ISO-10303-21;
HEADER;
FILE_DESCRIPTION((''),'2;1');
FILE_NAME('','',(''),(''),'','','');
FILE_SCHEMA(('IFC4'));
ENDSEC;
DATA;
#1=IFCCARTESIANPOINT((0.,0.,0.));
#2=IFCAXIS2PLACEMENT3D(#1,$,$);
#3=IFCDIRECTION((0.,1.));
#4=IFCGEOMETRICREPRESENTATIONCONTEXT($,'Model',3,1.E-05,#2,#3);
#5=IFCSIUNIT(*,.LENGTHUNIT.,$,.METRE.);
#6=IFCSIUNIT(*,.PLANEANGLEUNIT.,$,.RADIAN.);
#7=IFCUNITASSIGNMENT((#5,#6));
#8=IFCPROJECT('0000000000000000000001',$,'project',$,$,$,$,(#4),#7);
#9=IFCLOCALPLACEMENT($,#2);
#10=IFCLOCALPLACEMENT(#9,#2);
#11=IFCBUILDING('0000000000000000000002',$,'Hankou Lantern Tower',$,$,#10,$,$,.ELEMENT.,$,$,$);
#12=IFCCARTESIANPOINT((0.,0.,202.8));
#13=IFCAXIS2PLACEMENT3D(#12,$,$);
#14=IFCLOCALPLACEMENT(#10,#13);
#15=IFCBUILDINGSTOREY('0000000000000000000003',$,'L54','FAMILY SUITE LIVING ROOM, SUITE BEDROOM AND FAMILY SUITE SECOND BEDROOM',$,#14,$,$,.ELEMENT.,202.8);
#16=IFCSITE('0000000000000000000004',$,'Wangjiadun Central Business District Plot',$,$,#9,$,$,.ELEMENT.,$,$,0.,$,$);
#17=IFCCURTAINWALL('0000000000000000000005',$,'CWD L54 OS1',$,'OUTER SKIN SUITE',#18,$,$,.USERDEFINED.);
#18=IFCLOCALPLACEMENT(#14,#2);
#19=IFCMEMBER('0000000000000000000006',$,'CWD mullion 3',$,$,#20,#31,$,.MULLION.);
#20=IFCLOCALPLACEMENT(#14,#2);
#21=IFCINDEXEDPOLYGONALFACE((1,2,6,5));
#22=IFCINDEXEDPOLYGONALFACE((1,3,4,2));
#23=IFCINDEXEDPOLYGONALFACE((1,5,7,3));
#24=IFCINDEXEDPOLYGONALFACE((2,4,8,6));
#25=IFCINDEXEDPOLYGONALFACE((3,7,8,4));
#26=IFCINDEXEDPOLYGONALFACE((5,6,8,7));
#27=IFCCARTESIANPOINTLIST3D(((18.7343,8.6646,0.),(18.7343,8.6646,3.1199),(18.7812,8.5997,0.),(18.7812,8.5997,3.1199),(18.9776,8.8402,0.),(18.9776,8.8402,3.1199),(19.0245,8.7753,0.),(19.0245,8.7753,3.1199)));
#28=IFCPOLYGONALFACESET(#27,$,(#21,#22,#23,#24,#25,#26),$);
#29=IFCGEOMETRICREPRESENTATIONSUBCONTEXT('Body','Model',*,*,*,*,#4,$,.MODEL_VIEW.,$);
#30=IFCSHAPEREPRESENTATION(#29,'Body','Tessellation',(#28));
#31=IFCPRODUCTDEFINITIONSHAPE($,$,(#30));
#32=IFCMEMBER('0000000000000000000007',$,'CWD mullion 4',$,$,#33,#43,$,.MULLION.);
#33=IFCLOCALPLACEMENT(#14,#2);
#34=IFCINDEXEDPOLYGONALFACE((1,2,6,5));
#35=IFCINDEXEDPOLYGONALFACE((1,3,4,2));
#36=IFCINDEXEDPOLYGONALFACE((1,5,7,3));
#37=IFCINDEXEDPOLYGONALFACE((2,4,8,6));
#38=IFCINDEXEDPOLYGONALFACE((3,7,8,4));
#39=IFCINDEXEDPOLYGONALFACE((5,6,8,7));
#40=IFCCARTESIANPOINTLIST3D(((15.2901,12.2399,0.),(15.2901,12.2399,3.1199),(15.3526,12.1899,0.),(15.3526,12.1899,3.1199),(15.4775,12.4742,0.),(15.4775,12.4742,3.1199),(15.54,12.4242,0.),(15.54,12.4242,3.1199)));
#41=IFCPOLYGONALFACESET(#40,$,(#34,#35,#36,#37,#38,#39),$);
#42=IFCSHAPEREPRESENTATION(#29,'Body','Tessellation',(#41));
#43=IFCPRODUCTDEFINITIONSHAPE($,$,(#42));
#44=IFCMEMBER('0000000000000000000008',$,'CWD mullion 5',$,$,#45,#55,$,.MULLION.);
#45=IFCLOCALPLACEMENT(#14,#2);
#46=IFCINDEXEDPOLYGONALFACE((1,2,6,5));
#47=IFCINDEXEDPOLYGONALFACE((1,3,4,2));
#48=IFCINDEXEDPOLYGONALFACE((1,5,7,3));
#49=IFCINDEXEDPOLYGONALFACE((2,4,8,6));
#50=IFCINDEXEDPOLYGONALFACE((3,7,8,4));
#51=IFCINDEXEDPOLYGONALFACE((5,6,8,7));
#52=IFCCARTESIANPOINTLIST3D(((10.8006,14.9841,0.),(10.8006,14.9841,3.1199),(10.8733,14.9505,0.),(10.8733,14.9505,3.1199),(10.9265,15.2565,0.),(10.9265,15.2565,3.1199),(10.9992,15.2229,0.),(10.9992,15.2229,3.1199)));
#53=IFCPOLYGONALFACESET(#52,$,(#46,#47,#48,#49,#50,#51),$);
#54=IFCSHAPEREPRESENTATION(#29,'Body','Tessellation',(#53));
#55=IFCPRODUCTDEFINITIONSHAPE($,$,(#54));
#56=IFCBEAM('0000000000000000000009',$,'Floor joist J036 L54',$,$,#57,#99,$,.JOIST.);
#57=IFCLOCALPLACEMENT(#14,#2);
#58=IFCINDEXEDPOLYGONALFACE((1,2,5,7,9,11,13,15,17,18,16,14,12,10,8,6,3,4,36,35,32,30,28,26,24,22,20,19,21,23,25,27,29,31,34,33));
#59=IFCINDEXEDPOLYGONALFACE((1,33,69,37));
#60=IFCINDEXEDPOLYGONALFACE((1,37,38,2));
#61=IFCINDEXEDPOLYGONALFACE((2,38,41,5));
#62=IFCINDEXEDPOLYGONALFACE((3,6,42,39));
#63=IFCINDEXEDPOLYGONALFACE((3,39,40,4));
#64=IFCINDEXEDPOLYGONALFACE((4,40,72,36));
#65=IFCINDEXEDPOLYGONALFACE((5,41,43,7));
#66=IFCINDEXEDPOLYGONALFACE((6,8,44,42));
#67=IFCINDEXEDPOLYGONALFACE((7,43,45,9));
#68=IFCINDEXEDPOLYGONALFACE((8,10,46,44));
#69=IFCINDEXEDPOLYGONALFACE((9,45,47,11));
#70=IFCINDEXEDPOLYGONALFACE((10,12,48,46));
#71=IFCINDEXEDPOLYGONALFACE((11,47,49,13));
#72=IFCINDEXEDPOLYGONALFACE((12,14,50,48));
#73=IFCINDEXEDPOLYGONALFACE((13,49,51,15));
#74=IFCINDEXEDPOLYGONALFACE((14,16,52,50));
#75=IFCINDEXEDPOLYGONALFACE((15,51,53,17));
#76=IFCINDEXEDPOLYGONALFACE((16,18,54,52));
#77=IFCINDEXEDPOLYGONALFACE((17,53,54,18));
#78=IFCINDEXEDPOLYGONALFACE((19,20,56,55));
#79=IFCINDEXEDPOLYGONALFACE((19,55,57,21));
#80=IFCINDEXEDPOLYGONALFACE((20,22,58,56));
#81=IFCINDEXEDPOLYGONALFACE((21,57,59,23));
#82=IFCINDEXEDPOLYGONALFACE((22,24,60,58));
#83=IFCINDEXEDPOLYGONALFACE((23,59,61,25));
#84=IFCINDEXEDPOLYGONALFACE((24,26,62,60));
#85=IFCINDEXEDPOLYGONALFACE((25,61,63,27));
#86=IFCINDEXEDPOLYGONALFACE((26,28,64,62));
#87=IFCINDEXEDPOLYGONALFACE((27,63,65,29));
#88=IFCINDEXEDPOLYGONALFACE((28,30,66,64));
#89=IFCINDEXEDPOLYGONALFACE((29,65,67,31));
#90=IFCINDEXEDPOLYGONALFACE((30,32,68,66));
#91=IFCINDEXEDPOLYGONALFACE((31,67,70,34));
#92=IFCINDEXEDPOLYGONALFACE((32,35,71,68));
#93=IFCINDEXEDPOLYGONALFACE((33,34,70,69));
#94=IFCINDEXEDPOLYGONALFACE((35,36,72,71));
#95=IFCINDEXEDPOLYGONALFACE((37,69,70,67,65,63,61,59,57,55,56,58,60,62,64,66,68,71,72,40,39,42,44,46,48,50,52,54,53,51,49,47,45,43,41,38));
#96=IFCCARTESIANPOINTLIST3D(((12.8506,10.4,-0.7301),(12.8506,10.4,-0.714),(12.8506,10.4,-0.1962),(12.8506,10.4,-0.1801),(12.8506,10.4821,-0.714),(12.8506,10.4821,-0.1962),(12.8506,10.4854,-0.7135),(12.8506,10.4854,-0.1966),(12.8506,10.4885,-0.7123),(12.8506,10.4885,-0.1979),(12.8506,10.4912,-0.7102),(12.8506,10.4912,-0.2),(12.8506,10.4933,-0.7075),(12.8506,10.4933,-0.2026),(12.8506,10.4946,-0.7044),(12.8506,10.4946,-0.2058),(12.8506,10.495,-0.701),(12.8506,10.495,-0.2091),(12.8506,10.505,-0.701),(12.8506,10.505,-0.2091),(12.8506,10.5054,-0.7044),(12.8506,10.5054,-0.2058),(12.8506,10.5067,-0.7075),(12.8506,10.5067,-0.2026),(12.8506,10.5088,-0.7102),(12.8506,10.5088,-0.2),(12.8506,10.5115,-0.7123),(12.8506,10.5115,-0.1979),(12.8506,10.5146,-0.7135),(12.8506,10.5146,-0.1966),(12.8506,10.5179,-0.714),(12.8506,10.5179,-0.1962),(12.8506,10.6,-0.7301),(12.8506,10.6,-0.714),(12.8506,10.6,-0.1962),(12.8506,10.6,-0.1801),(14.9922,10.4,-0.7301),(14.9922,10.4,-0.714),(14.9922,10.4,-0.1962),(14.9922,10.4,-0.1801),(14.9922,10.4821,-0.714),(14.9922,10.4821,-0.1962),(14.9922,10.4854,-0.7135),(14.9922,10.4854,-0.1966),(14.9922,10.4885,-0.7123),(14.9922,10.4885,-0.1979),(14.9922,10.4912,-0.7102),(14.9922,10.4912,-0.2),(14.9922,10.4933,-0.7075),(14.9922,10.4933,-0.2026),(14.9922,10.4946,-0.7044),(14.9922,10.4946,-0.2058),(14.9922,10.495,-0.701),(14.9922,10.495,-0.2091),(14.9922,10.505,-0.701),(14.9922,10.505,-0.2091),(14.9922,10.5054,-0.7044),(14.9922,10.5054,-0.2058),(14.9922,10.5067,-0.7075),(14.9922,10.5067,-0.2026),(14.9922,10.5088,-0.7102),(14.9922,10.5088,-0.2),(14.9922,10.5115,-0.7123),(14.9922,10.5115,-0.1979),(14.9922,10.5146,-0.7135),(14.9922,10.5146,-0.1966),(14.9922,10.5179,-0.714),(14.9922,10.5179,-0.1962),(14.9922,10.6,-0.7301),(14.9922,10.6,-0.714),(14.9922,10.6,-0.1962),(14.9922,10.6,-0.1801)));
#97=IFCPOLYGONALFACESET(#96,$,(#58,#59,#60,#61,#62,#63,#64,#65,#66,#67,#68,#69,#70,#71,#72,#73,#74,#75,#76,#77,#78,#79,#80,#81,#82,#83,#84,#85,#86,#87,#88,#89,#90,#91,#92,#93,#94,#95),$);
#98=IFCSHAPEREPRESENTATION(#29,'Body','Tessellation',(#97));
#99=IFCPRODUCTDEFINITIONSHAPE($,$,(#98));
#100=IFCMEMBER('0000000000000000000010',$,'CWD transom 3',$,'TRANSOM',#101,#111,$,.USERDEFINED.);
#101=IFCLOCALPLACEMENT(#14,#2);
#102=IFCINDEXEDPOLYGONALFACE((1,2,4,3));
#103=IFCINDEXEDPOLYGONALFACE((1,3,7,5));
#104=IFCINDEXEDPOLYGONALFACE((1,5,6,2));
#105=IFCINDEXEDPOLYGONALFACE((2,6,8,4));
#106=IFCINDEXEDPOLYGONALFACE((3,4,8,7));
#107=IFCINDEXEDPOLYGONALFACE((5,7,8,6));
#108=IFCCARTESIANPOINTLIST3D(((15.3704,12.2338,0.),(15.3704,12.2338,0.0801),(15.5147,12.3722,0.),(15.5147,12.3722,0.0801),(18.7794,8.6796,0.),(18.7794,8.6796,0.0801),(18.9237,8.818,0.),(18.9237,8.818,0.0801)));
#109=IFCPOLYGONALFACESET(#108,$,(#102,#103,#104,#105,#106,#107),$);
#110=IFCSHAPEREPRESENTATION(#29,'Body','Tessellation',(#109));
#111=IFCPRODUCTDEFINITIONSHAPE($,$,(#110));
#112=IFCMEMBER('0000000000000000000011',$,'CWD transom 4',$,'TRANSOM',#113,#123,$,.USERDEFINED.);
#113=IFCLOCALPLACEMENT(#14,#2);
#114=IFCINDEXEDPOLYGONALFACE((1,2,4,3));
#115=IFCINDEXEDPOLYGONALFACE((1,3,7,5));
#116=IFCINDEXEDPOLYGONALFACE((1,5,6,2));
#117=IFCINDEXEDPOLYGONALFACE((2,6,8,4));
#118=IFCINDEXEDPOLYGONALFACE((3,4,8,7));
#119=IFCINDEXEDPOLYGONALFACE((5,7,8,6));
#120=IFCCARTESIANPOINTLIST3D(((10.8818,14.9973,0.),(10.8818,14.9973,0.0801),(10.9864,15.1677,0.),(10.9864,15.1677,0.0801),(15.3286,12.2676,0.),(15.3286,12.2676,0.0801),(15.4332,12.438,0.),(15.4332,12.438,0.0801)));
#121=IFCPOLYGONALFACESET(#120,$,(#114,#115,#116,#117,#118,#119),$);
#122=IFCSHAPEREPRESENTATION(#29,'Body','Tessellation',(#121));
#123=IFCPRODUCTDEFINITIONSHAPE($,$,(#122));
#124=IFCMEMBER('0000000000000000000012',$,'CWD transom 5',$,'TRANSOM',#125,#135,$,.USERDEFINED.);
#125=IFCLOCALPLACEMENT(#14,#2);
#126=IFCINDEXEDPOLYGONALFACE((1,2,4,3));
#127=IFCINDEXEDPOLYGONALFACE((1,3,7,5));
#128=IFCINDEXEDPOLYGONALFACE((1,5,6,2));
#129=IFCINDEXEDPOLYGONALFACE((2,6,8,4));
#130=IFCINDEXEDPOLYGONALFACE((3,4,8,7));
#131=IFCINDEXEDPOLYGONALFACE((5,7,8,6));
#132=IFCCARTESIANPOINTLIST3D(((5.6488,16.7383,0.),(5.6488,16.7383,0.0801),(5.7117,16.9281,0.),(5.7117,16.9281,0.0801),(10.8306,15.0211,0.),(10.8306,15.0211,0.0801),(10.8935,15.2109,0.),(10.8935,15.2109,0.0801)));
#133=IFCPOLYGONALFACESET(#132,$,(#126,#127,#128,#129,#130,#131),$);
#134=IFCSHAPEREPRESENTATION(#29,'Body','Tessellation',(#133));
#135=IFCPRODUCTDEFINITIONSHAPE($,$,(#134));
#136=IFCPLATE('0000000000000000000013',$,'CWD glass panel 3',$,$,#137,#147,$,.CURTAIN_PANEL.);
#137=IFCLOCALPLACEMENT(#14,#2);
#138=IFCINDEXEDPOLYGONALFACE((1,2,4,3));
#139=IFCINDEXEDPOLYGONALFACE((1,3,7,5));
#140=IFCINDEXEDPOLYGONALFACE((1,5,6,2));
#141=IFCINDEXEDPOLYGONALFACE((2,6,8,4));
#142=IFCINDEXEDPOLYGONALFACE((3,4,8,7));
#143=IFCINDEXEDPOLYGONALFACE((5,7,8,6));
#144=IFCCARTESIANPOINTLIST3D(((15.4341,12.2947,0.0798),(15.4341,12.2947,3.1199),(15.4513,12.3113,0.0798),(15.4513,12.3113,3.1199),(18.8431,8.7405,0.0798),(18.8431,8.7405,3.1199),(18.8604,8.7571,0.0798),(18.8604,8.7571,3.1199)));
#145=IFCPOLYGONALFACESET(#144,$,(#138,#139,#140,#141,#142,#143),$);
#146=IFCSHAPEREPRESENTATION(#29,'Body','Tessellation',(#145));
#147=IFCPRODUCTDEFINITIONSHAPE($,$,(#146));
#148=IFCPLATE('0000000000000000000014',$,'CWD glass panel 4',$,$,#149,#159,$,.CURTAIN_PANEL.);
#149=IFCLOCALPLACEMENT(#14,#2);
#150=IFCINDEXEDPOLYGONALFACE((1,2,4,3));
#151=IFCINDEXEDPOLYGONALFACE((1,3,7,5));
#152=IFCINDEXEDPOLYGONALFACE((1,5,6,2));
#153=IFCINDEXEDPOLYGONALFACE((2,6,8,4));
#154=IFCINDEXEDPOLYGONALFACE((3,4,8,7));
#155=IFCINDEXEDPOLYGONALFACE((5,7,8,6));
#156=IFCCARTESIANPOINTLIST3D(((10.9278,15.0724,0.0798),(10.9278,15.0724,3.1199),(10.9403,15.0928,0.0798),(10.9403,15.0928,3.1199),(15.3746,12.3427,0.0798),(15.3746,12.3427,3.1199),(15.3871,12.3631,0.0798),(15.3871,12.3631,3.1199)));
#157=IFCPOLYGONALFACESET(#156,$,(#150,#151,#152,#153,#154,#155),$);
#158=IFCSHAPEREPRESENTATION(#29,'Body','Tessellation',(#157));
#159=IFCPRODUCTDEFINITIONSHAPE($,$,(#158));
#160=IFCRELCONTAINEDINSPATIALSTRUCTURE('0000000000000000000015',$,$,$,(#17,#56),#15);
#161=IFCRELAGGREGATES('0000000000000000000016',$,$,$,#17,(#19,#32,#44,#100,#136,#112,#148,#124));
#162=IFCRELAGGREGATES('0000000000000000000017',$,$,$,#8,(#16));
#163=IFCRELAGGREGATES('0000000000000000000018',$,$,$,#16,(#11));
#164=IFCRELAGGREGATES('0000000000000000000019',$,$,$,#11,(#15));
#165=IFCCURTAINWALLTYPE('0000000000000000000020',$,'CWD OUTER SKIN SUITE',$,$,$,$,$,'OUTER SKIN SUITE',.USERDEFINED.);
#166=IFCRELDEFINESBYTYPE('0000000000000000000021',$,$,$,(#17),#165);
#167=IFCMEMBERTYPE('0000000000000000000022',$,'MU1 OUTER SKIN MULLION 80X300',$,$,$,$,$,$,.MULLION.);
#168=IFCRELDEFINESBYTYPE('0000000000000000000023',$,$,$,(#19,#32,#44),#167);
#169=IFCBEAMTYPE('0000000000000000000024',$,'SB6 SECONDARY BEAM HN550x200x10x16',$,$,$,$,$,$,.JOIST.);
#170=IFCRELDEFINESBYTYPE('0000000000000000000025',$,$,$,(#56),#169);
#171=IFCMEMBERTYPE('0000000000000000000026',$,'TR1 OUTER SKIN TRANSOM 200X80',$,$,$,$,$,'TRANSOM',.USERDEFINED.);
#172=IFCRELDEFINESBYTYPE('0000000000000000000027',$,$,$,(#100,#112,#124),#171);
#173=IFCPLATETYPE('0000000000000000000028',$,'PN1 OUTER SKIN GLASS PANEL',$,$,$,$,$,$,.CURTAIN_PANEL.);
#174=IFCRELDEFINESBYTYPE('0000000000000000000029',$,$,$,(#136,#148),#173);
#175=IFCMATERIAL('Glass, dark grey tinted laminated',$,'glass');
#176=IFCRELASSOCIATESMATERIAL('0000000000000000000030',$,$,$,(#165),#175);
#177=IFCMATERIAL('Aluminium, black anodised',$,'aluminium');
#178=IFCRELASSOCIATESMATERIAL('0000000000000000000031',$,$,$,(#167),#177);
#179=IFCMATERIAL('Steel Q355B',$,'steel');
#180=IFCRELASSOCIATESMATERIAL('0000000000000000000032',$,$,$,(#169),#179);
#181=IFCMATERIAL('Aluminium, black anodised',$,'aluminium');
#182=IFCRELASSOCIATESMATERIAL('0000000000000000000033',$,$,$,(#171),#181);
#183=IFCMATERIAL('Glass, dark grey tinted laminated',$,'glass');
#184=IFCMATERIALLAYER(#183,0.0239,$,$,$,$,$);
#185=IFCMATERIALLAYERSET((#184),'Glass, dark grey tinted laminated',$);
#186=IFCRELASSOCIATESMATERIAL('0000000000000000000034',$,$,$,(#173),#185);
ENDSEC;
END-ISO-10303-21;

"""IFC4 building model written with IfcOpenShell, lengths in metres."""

from ifc_helpers import new_model, si_unit, direction, frame, origin, origin_2d, place, context, subcontext, project, spatial, rectangle, i_section, extrude, material, layer, layer_set, material_profile, profile_set, type_object, element, aggregate, save


model = new_model("IFC4")

# Units and contexts
model_context = context("Model", 3, precision=1e-05, world=origin(), true_north=direction((0.0, 1.0)))
body_context = subcontext(model_context, "Body", "Model", "MODEL_VIEW")
ifc_project = project(units=[si_unit("LENGTHUNIT", "METRE"), si_unit("PLANEANGLEUNIT", "RADIAN")], contexts=[model_context])

# Site, building, storey
site_placement = place(None, origin())
site = spatial("IfcSite", under=ifc_project, at=site_placement, Name="Wangjiadun Central Business District Plot", CompositionType="ELEMENT", RefElevation=0.0)
building_placement = place(site_placement, origin())
building = spatial("IfcBuilding", under=site, at=building_placement, Name="Hankou Lantern Tower", CompositionType="ELEMENT")
storey_placement = place(building_placement, frame((0.0, 0.0, 202.8)))
storey = spatial("IfcBuildingStorey", under=building, at=storey_placement, Name="L54", Description="FAMILY SUITE LIVING ROOM, SUITE BEDROOM AND FAMILY SUITE SECOND BEDROOM", CompositionType="ELEMENT", Elevation=202.8)

# Curtain wall, members
ifc_material_1 = material(Name="Glass, dark grey tinted laminated", Category="glass")
curtain_wall_type = type_object("IfcCurtainWallType", Name="CWD OUTER SKIN SUITE", ElementType="OUTER SKIN SUITE", PredefinedType="USERDEFINED", material=ifc_material_1)
curtain_wall_placement = place(storey_placement, origin())
curtain_wall = element("IfcCurtainWall", 1, at=curtain_wall_placement, inside=storey, type_object=curtain_wall_type, Name="CWD L54 OS1", ObjectType="OUTER SKIN SUITE", PredefinedType="USERDEFINED")
ifc_material_2 = material(Name="Aluminium, black anodised", Category="aluminium")
ifc_material_profile_1 = material_profile(ifc_material_2, rectangle(XDim=0.0801, YDim=0.3, at=origin_2d()), Name="MU1 80X300")
ifc_profile_set_1 = profile_set([ifc_material_profile_1], Name="Aluminium, black anodised")
member_type_1 = type_object("IfcMemberType", Name="MU1 OUTER SKIN MULLION 80X300", PredefinedType="MULLION", material=ifc_profile_set_1)
member_1_placement = place(storey_placement, frame((18.8794, 8.72, 0.0), z_axis=(0.0, 0.0, 1.0), x_axis=(-0.585206, 0.810885, 0.0)))
member_1 = element("IfcMember", 2, at=member_1_placement, type_object=member_type_1, Name="CWD mullion 3", PredefinedType="MULLION", context=body_context, shape_type="SweptSolid", body=[
    extrude(rectangle(XDim=0.0801, YDim=0.3, at=origin_2d()), origin(), (0.0, 0.0, 1.0), 3.1199),
])
member_2_placement = place(storey_placement, frame((15.415, 12.332, 0.0), z_axis=(0.0, 0.0, 1.0), x_axis=(-0.780869, 0.624695, 0.0)))
member_2 = element("IfcMember", 3, at=member_2_placement, type_object=member_type_1, Name="CWD mullion 4", PredefinedType="MULLION", context=body_context, shape_type="SweptSolid", body=[
    extrude(rectangle(XDim=0.0801, YDim=0.3, at=origin_2d()), origin(), (0.0, 0.0, 1.0), 3.1199),
])
member_3_placement = place(storey_placement, frame((10.8999, 15.1035, 0.0), z_axis=(0.0, 0.0, 1.0), x_axis=(-0.907841, 0.419314, 0.0)))
member_3 = element("IfcMember", 4, at=member_3_placement, type_object=member_type_1, Name="CWD mullion 5", PredefinedType="MULLION", context=body_context, shape_type="SweptSolid", body=[
    extrude(rectangle(XDim=0.0801, YDim=0.3, at=origin_2d()), origin(), (0.0, 0.0, 1.0), 3.1199),
])

# Beam
ifc_material_3 = material(Name="Steel Q355B", Category="steel")
ifc_material_profile_2 = material_profile(ifc_material_3, i_section(OverallWidth=0.2, OverallDepth=0.55, WebThickness=0.01, FlangeThickness=0.0161, FilletRadius=0.0129, at=origin_2d()), Name="HN550x200x10x16")
ifc_profile_set_2 = profile_set([ifc_material_profile_2], Name="Steel Q355B")
beam_type_1 = type_object("IfcBeamType", Name="SB6 SECONDARY BEAM HN550x200x10x16", PredefinedType="JOIST", material=ifc_profile_set_2)
beam_1_placement = place(storey_placement, frame((12.8506, 10.5, -0.4551), z_axis=(1.0, 0.0, 0.0), x_axis=(0.0, 1.0, 0.0)))
element("IfcBeam", 5, at=beam_1_placement, inside=storey, type_object=beam_type_1, Name="Floor joist J036 L54", PredefinedType="JOIST", context=body_context, shape_type="SweptSolid", body=[
    extrude(i_section(OverallWidth=0.2, OverallDepth=0.55, WebThickness=0.01, FlangeThickness=0.0161, FilletRadius=0.0129, at=origin_2d()), origin(), (0.0, 0.0, 1.0), 2.1416),
])

# Members
ifc_material_4 = material(Name="Aluminium, black anodised", Category="aluminium")
ifc_material_profile_3 = material_profile(ifc_material_4, rectangle(XDim=0.2, YDim=0.0801, at=origin_2d()), Name="TR1 200X80")
ifc_profile_set_3 = profile_set([ifc_material_profile_3], Name="Aluminium, black anodised")
member_type_2 = type_object("IfcMemberType", Name="TR1 OUTER SKIN TRANSOM 200X80", ElementType="TRANSOM", PredefinedType="USERDEFINED", material=ifc_profile_set_3)
member_4_placement = place(storey_placement, frame((18.8516, 8.7488, 0.04), z_axis=(-0.692205, 0.721701, 0.0), x_axis=(-0.721701, -0.692205, 0.0)))
member_4 = element("IfcMember", 6, at=member_4_placement, type_object=member_type_2, Name="CWD transom 3", ObjectType="TRANSOM", PredefinedType="USERDEFINED", context=body_context, shape_type="SweptSolid", body=[
    extrude(rectangle(XDim=0.2, YDim=0.0801, at=origin_2d()), origin(), (0.0, 0.0, 1.0), 4.9248),
])
member_5_placement = place(storey_placement, frame((15.3809, 12.3528, 0.04), z_axis=(-0.852235, 0.52316, 0.0), x_axis=(-0.52316, -0.852235, 0.0)))
member_5 = element("IfcMember", 7, at=member_5_placement, type_object=member_type_2, Name="CWD transom 4", ObjectType="TRANSOM", PredefinedType="USERDEFINED", context=body_context, shape_type="SweptSolid", body=[
    extrude(rectangle(XDim=0.2, YDim=0.0801, at=origin_2d()), origin(), (0.0, 0.0, 1.0), 5.2178),
])
member_6_placement = place(storey_placement, frame((10.8621, 15.116, 0.04), z_axis=(-0.949232, 0.314577, 0.0), x_axis=(-0.314577, -0.949232, 0.0)))
member_6 = element("IfcMember", 8, at=member_6_placement, type_object=member_type_2, Name="CWD transom 5", ObjectType="TRANSOM", PredefinedType="USERDEFINED", context=body_context, shape_type="SweptSolid", body=[
    extrude(rectangle(XDim=0.2, YDim=0.0801, at=origin_2d()), origin(), (0.0, 0.0, 1.0), 5.459),
])

# Plates
ifc_material_5 = material(Name="Glass, dark grey tinted laminated", Category="glass")
ifc_layer_1 = layer(ifc_material_5, 0.0239)
ifc_layer_set_1 = layer_set([ifc_layer_1], Name="Glass, dark grey tinted laminated")
plate_type = type_object("IfcPlateType", Name="PN1 OUTER SKIN GLASS PANEL", PredefinedType="CURTAIN_PANEL", material=ifc_layer_set_1)
plate_1_placement = place(storey_placement, frame((17.1472, 10.5259, 0.0798), z_axis=(0.0, 0.0, 1.0), x_axis=(-0.692216, 0.721691, 0.0)))
plate_1 = element("IfcPlate", 9, at=plate_1_placement, type_object=plate_type, Name="CWD glass panel 3", PredefinedType="CURTAIN_PANEL", context=body_context, shape_type="SweptSolid", body=[
    extrude(rectangle(XDim=4.9248, YDim=0.0239, at=origin_2d()), origin(), (0.0, 0.0, 1.0), 3.04),
])
plate_2_placement = place(storey_placement, frame((13.1575, 13.7178, 0.0798), z_axis=(0.0, 0.0, 1.0), x_axis=(-0.852237, 0.523156, 0.0)))
plate_2 = element("IfcPlate", 10, at=plate_2_placement, type_object=plate_type, Name="CWD glass panel 4", PredefinedType="CURTAIN_PANEL", context=body_context, shape_type="SweptSolid", body=[
    extrude(rectangle(XDim=5.2178, YDim=0.0239, at=origin_2d()), origin(), (0.0, 0.0, 1.0), 3.04),
])
aggregate(curtain_wall, [member_1, member_2, member_3, member_4, plate_1, member_5, plate_2, member_6])

save(model, "model.ifc")
